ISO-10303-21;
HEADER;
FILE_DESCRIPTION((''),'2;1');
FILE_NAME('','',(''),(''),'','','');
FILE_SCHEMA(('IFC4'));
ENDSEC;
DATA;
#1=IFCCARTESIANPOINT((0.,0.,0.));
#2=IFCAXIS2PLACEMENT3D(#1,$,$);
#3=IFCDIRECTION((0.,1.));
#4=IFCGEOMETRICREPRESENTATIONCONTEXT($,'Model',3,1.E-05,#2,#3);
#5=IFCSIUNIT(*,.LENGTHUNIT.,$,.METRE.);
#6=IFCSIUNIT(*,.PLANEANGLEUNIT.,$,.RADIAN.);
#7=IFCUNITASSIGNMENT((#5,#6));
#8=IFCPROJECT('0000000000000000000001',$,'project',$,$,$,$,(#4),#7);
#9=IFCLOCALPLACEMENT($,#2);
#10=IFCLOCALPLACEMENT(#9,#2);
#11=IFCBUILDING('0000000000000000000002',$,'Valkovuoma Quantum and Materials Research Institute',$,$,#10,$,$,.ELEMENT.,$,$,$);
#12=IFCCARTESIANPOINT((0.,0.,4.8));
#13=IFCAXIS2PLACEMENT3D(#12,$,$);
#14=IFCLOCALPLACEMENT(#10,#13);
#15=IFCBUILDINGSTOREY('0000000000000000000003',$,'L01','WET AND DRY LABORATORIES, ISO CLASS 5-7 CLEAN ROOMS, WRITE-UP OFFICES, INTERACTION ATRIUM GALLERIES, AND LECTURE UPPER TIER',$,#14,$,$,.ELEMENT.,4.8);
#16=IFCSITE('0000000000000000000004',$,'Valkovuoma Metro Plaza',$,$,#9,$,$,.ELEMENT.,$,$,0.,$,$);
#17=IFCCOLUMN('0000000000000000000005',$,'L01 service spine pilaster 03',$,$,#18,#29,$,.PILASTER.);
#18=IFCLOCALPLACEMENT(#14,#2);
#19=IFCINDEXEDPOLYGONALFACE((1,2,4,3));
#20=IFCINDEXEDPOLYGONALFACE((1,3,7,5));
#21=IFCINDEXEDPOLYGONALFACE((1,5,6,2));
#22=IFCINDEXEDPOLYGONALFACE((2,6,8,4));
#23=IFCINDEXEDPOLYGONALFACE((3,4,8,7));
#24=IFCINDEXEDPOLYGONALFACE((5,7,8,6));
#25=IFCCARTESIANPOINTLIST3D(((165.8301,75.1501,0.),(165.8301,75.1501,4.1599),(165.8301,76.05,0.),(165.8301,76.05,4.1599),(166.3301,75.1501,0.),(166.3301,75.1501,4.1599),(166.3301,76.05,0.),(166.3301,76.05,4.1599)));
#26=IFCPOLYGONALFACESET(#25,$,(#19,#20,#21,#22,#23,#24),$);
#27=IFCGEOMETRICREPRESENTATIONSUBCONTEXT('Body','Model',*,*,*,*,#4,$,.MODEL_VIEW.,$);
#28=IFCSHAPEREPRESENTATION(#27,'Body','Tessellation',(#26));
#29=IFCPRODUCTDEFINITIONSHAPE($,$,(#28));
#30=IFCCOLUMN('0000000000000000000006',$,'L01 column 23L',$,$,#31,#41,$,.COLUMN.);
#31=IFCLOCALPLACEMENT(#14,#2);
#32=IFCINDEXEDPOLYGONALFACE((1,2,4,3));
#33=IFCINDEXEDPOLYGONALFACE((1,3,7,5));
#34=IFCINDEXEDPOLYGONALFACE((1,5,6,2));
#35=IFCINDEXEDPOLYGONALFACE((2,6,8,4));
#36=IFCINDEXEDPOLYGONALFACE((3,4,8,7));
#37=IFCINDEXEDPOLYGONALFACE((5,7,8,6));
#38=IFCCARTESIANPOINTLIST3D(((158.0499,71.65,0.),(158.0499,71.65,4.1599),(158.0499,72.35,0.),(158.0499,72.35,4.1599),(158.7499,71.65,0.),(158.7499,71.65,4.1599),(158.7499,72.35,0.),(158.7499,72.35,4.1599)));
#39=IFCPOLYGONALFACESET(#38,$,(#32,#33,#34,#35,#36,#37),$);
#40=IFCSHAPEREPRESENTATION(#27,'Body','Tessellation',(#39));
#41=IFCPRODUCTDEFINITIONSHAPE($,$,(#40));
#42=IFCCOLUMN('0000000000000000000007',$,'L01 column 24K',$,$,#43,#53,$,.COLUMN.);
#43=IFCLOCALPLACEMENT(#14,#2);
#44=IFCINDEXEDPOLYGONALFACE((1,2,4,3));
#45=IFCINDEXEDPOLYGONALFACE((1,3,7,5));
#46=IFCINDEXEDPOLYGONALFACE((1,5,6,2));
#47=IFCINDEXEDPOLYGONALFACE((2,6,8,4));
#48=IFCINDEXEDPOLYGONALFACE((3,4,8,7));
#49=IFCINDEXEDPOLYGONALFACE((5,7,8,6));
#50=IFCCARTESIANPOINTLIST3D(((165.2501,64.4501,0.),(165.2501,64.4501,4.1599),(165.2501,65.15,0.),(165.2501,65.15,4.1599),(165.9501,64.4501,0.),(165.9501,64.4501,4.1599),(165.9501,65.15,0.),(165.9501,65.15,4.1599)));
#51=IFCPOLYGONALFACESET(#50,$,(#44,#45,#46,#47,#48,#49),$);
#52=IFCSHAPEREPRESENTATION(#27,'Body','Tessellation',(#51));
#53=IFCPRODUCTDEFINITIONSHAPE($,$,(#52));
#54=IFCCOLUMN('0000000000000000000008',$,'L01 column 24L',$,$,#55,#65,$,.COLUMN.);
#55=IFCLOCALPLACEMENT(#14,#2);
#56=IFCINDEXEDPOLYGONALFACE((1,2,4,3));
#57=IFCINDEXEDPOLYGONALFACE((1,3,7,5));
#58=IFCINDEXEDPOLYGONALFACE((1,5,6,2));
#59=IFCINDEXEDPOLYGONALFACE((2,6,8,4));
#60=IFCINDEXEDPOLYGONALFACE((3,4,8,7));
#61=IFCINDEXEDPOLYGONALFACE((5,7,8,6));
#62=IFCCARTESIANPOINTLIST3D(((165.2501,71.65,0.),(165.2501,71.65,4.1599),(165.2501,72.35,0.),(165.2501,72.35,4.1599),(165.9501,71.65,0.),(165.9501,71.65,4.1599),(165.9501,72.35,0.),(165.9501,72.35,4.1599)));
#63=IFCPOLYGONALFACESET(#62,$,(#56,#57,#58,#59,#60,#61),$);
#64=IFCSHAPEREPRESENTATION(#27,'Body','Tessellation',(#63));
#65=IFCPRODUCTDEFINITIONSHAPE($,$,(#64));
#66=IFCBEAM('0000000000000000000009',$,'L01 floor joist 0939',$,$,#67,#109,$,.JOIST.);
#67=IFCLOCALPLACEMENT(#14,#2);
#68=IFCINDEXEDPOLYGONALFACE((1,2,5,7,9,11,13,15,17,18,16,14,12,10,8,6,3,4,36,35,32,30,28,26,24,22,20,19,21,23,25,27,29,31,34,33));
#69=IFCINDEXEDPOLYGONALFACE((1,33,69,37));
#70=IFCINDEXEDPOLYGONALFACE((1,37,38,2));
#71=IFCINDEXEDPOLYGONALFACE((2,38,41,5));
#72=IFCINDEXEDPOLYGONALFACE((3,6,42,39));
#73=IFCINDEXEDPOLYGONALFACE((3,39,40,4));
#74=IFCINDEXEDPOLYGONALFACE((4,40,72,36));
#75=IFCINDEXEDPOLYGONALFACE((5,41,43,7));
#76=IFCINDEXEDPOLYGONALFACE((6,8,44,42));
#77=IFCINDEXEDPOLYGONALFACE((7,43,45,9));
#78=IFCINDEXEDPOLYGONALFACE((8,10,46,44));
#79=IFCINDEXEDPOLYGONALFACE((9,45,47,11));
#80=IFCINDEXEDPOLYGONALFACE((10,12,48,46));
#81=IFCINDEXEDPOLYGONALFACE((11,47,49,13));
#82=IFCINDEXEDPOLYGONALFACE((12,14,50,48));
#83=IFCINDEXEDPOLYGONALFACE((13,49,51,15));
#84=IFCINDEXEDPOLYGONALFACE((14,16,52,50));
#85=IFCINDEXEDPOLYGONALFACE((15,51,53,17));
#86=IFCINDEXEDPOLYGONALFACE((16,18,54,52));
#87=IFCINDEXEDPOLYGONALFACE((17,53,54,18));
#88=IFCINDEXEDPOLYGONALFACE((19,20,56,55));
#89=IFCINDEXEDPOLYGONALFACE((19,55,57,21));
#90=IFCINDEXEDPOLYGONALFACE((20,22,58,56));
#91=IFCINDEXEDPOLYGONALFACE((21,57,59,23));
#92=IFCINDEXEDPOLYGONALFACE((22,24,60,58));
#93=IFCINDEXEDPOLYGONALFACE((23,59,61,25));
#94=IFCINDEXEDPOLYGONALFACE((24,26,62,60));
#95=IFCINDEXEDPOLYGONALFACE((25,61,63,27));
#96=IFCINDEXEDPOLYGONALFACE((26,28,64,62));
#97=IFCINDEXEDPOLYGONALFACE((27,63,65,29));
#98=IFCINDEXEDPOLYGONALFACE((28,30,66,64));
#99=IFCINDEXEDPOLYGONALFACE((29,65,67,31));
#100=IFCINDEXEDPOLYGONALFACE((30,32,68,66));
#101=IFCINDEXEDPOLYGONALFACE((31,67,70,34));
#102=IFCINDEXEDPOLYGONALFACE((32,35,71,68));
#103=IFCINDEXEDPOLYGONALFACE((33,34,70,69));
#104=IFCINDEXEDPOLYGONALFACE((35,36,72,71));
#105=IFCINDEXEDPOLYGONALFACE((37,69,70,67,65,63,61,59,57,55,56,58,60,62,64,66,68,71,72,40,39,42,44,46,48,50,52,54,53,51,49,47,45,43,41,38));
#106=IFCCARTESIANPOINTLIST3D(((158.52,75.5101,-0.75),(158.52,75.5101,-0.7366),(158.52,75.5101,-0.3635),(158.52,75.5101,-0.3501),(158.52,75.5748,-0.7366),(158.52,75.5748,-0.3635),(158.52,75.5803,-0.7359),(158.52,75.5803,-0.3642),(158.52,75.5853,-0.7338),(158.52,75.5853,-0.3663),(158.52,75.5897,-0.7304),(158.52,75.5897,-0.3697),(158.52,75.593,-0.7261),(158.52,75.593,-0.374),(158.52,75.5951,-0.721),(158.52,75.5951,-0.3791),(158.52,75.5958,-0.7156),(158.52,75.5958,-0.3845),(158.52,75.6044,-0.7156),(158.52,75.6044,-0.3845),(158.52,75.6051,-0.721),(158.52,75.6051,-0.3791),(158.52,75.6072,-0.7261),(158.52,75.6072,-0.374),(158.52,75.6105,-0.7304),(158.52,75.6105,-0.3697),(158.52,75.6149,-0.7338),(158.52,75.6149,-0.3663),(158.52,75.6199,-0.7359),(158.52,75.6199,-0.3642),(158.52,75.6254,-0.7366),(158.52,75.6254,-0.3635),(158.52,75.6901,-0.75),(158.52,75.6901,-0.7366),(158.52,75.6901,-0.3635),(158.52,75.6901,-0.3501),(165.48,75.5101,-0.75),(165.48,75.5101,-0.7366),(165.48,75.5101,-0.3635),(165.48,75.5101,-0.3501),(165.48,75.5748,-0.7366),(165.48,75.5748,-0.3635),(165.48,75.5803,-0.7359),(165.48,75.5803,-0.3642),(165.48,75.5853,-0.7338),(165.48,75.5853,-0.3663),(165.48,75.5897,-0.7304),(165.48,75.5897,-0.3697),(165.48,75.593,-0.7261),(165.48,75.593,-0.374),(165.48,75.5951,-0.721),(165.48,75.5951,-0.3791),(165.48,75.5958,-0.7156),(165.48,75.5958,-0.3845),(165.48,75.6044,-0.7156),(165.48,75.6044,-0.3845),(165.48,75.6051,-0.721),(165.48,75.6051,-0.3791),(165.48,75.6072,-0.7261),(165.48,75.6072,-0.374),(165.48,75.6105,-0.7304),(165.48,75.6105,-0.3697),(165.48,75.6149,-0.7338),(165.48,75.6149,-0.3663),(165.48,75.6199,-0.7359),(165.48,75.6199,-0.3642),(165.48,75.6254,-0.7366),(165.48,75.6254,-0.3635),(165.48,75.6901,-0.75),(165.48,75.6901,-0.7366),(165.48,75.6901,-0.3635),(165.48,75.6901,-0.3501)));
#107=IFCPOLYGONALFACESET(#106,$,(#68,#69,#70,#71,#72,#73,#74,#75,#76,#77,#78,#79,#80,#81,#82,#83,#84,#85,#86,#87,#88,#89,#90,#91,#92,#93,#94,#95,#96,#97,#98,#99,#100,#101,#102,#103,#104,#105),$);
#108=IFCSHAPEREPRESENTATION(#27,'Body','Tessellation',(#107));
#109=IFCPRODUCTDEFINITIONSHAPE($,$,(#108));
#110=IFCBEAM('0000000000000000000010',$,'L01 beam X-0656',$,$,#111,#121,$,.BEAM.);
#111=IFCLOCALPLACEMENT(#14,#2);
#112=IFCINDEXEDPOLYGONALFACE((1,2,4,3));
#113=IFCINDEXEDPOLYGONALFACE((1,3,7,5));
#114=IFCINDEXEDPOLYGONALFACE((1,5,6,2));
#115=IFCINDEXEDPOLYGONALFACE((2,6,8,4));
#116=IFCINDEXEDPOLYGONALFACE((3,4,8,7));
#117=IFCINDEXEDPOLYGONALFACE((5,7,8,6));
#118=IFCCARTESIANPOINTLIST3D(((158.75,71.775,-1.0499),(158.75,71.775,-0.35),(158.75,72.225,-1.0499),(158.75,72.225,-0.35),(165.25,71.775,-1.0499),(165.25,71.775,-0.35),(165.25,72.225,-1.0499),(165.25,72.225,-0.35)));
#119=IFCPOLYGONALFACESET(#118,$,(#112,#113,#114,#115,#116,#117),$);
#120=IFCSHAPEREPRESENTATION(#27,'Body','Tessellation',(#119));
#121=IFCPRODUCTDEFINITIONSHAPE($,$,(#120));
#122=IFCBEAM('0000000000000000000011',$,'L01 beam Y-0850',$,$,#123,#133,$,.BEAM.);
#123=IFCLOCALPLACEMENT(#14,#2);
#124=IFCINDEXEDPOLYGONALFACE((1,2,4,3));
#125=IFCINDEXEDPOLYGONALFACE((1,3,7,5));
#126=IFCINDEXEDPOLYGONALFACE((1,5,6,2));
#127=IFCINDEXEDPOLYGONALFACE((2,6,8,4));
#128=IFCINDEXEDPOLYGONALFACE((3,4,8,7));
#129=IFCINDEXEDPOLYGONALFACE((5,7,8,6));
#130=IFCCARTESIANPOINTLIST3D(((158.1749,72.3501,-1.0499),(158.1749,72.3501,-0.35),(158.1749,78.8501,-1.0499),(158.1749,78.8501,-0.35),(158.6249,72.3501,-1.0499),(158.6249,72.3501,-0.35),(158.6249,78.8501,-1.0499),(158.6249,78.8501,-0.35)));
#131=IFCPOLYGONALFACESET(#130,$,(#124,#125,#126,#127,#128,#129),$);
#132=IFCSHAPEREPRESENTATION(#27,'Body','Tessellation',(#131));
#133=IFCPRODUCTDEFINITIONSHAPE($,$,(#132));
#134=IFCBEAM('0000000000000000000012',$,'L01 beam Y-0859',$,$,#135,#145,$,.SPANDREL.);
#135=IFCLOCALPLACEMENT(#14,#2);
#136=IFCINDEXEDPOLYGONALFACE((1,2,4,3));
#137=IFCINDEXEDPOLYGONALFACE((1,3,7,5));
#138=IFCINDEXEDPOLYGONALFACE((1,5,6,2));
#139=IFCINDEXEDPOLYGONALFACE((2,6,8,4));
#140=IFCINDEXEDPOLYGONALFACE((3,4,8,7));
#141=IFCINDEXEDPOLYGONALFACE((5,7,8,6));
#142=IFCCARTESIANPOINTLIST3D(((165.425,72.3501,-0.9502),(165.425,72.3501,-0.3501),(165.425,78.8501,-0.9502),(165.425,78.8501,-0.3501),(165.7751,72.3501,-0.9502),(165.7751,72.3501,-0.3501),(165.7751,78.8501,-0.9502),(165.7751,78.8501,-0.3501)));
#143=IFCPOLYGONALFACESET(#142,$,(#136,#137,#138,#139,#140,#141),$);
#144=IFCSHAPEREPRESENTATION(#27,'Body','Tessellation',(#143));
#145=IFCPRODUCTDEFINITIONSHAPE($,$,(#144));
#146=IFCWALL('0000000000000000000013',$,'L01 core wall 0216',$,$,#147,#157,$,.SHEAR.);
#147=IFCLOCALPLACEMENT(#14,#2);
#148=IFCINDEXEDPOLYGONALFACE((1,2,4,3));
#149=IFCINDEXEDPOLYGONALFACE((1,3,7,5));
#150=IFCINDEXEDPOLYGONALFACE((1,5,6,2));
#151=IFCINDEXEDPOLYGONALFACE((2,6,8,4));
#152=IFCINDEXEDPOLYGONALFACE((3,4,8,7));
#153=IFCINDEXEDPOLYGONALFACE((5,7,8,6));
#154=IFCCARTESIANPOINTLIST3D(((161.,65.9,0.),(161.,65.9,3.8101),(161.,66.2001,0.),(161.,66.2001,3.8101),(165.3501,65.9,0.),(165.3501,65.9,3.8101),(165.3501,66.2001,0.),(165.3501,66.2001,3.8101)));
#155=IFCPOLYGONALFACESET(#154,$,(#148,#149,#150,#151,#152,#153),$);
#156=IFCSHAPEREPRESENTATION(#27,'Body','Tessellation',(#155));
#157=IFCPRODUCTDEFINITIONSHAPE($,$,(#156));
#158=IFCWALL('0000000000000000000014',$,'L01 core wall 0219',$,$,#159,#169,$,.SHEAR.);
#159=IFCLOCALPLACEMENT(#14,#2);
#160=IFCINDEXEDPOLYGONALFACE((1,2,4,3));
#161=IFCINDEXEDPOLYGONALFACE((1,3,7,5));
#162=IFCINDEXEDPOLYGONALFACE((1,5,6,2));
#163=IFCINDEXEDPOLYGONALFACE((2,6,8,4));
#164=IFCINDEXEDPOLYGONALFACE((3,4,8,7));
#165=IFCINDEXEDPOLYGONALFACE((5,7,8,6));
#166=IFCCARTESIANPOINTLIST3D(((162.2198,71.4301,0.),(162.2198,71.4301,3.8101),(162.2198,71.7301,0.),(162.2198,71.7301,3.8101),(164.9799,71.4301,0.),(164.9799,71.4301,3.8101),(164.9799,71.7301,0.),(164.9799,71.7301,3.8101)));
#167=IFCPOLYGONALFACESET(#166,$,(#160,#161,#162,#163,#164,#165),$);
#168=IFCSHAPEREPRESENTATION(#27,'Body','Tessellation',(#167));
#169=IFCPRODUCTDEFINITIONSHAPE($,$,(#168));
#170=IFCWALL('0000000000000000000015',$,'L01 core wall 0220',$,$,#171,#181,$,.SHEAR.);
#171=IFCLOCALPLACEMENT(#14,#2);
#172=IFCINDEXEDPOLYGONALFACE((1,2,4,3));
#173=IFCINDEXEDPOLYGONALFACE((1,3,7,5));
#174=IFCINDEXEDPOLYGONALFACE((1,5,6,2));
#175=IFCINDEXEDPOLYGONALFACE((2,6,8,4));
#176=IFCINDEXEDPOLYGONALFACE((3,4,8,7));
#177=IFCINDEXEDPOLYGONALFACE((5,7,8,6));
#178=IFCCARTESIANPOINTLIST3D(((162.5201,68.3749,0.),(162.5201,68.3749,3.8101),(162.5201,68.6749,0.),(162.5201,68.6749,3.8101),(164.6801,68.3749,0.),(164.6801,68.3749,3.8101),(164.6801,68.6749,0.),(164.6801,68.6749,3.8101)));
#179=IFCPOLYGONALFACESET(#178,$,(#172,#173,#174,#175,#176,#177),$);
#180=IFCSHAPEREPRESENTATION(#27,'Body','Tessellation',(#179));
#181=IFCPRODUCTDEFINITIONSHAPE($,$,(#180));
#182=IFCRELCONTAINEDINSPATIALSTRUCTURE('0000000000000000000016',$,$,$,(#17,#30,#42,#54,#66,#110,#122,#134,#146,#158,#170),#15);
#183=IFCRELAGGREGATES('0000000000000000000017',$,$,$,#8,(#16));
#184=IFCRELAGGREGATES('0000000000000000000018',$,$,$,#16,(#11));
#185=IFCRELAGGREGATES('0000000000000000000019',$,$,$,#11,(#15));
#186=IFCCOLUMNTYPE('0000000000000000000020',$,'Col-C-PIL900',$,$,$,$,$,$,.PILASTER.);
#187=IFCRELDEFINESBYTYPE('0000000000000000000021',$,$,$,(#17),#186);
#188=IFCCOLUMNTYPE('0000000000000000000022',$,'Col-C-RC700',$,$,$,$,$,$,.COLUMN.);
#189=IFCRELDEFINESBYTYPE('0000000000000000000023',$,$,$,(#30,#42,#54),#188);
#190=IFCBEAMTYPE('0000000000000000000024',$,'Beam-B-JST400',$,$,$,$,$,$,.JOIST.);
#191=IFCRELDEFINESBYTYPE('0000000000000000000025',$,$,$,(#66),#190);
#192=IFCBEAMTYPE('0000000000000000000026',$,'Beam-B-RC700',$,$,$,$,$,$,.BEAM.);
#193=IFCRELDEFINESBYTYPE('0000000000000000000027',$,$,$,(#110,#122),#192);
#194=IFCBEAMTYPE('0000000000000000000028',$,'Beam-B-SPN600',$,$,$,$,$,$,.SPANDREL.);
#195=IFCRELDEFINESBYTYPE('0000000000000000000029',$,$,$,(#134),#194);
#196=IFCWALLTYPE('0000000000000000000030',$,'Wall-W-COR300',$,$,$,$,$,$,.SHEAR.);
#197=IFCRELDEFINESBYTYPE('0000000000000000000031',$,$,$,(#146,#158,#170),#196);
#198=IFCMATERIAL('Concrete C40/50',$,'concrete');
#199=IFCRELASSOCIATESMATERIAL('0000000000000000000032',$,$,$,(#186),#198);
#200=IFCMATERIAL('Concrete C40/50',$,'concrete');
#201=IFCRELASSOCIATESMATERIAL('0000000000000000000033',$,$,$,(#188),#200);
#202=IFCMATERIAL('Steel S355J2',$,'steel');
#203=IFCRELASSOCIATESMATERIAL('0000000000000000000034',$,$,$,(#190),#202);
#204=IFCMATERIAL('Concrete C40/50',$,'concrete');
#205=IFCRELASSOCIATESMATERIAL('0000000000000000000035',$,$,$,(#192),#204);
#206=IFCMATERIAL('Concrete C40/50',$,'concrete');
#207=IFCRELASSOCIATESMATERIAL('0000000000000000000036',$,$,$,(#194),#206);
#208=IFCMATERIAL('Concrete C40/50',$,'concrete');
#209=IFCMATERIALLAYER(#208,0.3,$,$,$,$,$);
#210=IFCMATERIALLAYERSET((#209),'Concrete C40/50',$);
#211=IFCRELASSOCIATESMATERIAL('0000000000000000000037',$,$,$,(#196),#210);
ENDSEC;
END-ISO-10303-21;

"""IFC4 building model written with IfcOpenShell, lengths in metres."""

from ifc_helpers import new_model, si_unit, direction, frame, frame_2d, origin, origin_2d, place, context, subcontext, project, spatial, rectangle, i_section, extrude, material, layer, layer_set, material_profile, profile_set, type_object, element, save


model = new_model("IFC4")

# Units and contexts
model_context = context("Model", 3, precision=1e-05, world=origin(), true_north=direction((0.0, 1.0)))
body_context = subcontext(model_context, "Body", "Model", "MODEL_VIEW")
ifc_project = project(units=[si_unit("LENGTHUNIT", "METRE"), si_unit("PLANEANGLEUNIT", "RADIAN")], contexts=[model_context])

# Site, building, storey
site_placement = place(None, origin())
site = spatial("IfcSite", under=ifc_project, at=site_placement, Name="Valkovuoma Metro Plaza", CompositionType="ELEMENT", RefElevation=0.0)
building_placement = place(site_placement, origin())
building = spatial("IfcBuilding", under=site, at=building_placement, Name="Valkovuoma Quantum and Materials Research Institute", CompositionType="ELEMENT")
storey_placement = place(building_placement, frame((0.0, 0.0, 4.8)))
storey = spatial("IfcBuildingStorey", under=building, at=storey_placement, Name="L01", Description="WET AND DRY LABORATORIES, ISO CLASS 5-7 CLEAN ROOMS, WRITE-UP OFFICES, INTERACTION ATRIUM GALLERIES, AND LECTURE UPPER TIER", CompositionType="ELEMENT", Elevation=4.8)

# Columns
ifc_material_1 = material(Name="Concrete C40/50", Category="concrete")
ifc_material_profile_1 = material_profile(ifc_material_1, rectangle(XDim=0.5, YDim=0.8999, at=origin_2d()), Name="Concrete C40/50")
ifc_profile_set_1 = profile_set([ifc_material_profile_1], Name="Concrete C40/50")
column_type_1 = type_object("IfcColumnType", Name="Col-C-PIL900", PredefinedType="PILASTER", material=ifc_profile_set_1)
column_placement = place(storey_placement, frame((166.0801, 75.6001, 0.0), z_axis=(0.0, 0.0, 1.0), x_axis=(1.0, 0.0, 0.0)))
element("IfcColumn", 1, at=column_placement, inside=storey, type_object=column_type_1, Name="L01 service spine pilaster 03", PredefinedType="PILASTER", context=body_context, shape_type="SweptSolid", body=[
    extrude(rectangle(XDim=0.5, YDim=0.8999, at=origin_2d()), origin(), (0.0, 0.0, 1.0), 4.1599),
])
ifc_material_2 = material(Name="Concrete C40/50", Category="concrete")
ifc_material_profile_2 = material_profile(ifc_material_2, rectangle(XDim=0.7, YDim=0.7, at=origin_2d()), Name="Concrete C40/50")
ifc_profile_set_2 = profile_set([ifc_material_profile_2], Name="Concrete C40/50")
column_type_2 = type_object("IfcColumnType", Name="Col-C-RC700", PredefinedType="COLUMN", material=ifc_profile_set_2)
for number, where, z_axis, x_axis, name in (
    (2, (158.3999, 72.0, 0.0), (0.0, 0.0, 1.0), (1.0, 0.0, 0.0), "L01 column 23L"),
    (3, (165.6001, 64.8, 0.0), (0.0, 0.0, 1.0), (1.0, 0.0, 0.0), "L01 column 24K"),
    (4, (165.6001, 72.0, 0.0), (0.0, 0.0, 1.0), (1.0, 0.0, 0.0), "L01 column 24L"),
):
    element("IfcColumn", number, at=place(storey_placement, frame(where, z_axis=z_axis, x_axis=x_axis)), inside=storey, type_object=column_type_2, Name=name, PredefinedType="COLUMN", context=body_context, shape_type="SweptSolid", body=[
        extrude(rectangle(XDim=0.7, YDim=0.7, at=origin_2d()), origin(), (0.0, 0.0, 1.0), 4.1599),
    ])

# Beams
ifc_material_3 = material(Name="Steel S355J2", Category="steel")
ifc_material_profile_3 = material_profile(ifc_material_3, i_section(OverallWidth=0.1799, OverallDepth=0.3999, WebThickness=0.0085, FlangeThickness=0.0134, FilletRadius=0.021, at=origin_2d()), Name="Steel S355J2")
ifc_profile_set_3 = profile_set([ifc_material_profile_3], Name="Steel S355J2")
beam_type_1 = type_object("IfcBeamType", Name="Beam-B-JST400", PredefinedType="JOIST", material=ifc_profile_set_3)
beam_1_placement = place(storey_placement, frame((158.52, 75.6001, -0.55), z_axis=(1.0, 0.0, 0.0), x_axis=(0.0, 1.0, 0.0)))
element("IfcBeam", 5, at=beam_1_placement, inside=storey, type_object=beam_type_1, Name="L01 floor joist 0939", PredefinedType="JOIST", context=body_context, shape_type="SweptSolid", body=[
    extrude(i_section(OverallWidth=0.1799, OverallDepth=0.3999, WebThickness=0.0085, FlangeThickness=0.0134, FilletRadius=0.021, at=origin_2d()), origin(), (0.0, 0.0, 1.0), 6.96),
])
ifc_material_4 = material(Name="Concrete C40/50", Category="concrete")
ifc_material_profile_4 = material_profile(ifc_material_4, rectangle(XDim=0.45, YDim=0.7, at=origin_2d()), Name="Concrete C40/50")
ifc_profile_set_4 = profile_set([ifc_material_profile_4], Name="Concrete C40/50")
beam_type_2 = type_object("IfcBeamType", Name="Beam-B-RC700", PredefinedType="BEAM", material=ifc_profile_set_4)
for number, where, z_axis, x_axis, name in (
    (6, (158.75, 72.0, -0.7), (1.0, 0.0, 0.0), (0.0, 1.0, 0.0), "L01 beam X-0656"),
    (7, (158.3999, 72.3501, -0.7), (0.0, 1.0, 0.0), (-1.0, 0.0, 0.0), "L01 beam Y-0850"),
):
    element("IfcBeam", number, at=place(storey_placement, frame(where, z_axis=z_axis, x_axis=x_axis)), inside=storey, type_object=beam_type_2, Name=name, PredefinedType="BEAM", context=body_context, shape_type="SweptSolid", body=[
        extrude(rectangle(XDim=0.45, YDim=0.7, at=origin_2d()), origin(), (0.0, 0.0, 1.0), 6.5),
    ])
ifc_material_5 = material(Name="Concrete C40/50", Category="concrete")
ifc_material_profile_5 = material_profile(ifc_material_5, rectangle(XDim=0.3501, YDim=0.6001, at=origin_2d()), Name="Concrete C40/50")
ifc_profile_set_5 = profile_set([ifc_material_profile_5], Name="Concrete C40/50")
beam_type_3 = type_object("IfcBeamType", Name="Beam-B-SPN600", PredefinedType="SPANDREL", material=ifc_profile_set_5)
beam_2_placement = place(storey_placement, frame((165.6001, 72.3501, -0.6501), z_axis=(0.0, 1.0, 0.0), x_axis=(-1.0, 0.0, 0.0)))
element("IfcBeam", 8, at=beam_2_placement, inside=storey, type_object=beam_type_3, Name="L01 beam Y-0859", PredefinedType="SPANDREL", context=body_context, shape_type="SweptSolid", body=[
    extrude(rectangle(XDim=0.3501, YDim=0.6001, at=origin_2d()), origin(), (0.0, 0.0, 1.0), 6.5),
])

# Walls
ifc_material_6 = material(Name="Concrete C40/50", Category="concrete")
ifc_layer_1 = layer(ifc_material_6, 0.3)
ifc_layer_set_1 = layer_set([ifc_layer_1], Name="Concrete C40/50")
wall_type_1 = type_object("IfcWallType", Name="Wall-W-COR300", PredefinedType="SHEAR", material=ifc_layer_set_1)
wall_1_placement = place(storey_placement, frame((161.0, 66.05, 0.0), z_axis=(0.0, 0.0, 1.0), x_axis=(1.0, 0.0, 0.0)))
element("IfcWall", 9, at=wall_1_placement, inside=storey, type_object=wall_type_1, Name="L01 core wall 0216", PredefinedType="SHEAR", context=body_context, shape_type="SweptSolid", body=[
    extrude(rectangle(XDim=4.3501, YDim=0.3, at=frame_2d((2.175, 0.0))), origin(), (0.0, 0.0, 1.0), 3.8101),
])
wall_2_placement = place(storey_placement, frame((162.22, 71.5801, 0.0), z_axis=(0.0, 0.0, 1.0), x_axis=(1.0, 0.0, 0.0)))
element("IfcWall", 10, at=wall_2_placement, inside=storey, type_object=wall_type_1, Name="L01 core wall 0219", PredefinedType="SHEAR", context=body_context, shape_type="SweptSolid", body=[
    extrude(rectangle(XDim=2.76, YDim=0.3, at=frame_2d((1.3799, 0.0))), origin(), (0.0, 0.0, 1.0), 3.8101),
])
wall_3_placement = place(storey_placement, frame((162.52, 68.5249, 0.0), z_axis=(0.0, 0.0, 1.0), x_axis=(1.0, 0.0, 0.0)))
element("IfcWall", 11, at=wall_3_placement, inside=storey, type_object=wall_type_1, Name="L01 core wall 0220", PredefinedType="SHEAR", context=body_context, shape_type="SweptSolid", body=[
    extrude(rectangle(XDim=2.1599, YDim=0.3, at=frame_2d((1.0801, 0.0))), origin(), (0.0, 0.0, 1.0), 3.8101),
])

save(model, "model.ifc")
